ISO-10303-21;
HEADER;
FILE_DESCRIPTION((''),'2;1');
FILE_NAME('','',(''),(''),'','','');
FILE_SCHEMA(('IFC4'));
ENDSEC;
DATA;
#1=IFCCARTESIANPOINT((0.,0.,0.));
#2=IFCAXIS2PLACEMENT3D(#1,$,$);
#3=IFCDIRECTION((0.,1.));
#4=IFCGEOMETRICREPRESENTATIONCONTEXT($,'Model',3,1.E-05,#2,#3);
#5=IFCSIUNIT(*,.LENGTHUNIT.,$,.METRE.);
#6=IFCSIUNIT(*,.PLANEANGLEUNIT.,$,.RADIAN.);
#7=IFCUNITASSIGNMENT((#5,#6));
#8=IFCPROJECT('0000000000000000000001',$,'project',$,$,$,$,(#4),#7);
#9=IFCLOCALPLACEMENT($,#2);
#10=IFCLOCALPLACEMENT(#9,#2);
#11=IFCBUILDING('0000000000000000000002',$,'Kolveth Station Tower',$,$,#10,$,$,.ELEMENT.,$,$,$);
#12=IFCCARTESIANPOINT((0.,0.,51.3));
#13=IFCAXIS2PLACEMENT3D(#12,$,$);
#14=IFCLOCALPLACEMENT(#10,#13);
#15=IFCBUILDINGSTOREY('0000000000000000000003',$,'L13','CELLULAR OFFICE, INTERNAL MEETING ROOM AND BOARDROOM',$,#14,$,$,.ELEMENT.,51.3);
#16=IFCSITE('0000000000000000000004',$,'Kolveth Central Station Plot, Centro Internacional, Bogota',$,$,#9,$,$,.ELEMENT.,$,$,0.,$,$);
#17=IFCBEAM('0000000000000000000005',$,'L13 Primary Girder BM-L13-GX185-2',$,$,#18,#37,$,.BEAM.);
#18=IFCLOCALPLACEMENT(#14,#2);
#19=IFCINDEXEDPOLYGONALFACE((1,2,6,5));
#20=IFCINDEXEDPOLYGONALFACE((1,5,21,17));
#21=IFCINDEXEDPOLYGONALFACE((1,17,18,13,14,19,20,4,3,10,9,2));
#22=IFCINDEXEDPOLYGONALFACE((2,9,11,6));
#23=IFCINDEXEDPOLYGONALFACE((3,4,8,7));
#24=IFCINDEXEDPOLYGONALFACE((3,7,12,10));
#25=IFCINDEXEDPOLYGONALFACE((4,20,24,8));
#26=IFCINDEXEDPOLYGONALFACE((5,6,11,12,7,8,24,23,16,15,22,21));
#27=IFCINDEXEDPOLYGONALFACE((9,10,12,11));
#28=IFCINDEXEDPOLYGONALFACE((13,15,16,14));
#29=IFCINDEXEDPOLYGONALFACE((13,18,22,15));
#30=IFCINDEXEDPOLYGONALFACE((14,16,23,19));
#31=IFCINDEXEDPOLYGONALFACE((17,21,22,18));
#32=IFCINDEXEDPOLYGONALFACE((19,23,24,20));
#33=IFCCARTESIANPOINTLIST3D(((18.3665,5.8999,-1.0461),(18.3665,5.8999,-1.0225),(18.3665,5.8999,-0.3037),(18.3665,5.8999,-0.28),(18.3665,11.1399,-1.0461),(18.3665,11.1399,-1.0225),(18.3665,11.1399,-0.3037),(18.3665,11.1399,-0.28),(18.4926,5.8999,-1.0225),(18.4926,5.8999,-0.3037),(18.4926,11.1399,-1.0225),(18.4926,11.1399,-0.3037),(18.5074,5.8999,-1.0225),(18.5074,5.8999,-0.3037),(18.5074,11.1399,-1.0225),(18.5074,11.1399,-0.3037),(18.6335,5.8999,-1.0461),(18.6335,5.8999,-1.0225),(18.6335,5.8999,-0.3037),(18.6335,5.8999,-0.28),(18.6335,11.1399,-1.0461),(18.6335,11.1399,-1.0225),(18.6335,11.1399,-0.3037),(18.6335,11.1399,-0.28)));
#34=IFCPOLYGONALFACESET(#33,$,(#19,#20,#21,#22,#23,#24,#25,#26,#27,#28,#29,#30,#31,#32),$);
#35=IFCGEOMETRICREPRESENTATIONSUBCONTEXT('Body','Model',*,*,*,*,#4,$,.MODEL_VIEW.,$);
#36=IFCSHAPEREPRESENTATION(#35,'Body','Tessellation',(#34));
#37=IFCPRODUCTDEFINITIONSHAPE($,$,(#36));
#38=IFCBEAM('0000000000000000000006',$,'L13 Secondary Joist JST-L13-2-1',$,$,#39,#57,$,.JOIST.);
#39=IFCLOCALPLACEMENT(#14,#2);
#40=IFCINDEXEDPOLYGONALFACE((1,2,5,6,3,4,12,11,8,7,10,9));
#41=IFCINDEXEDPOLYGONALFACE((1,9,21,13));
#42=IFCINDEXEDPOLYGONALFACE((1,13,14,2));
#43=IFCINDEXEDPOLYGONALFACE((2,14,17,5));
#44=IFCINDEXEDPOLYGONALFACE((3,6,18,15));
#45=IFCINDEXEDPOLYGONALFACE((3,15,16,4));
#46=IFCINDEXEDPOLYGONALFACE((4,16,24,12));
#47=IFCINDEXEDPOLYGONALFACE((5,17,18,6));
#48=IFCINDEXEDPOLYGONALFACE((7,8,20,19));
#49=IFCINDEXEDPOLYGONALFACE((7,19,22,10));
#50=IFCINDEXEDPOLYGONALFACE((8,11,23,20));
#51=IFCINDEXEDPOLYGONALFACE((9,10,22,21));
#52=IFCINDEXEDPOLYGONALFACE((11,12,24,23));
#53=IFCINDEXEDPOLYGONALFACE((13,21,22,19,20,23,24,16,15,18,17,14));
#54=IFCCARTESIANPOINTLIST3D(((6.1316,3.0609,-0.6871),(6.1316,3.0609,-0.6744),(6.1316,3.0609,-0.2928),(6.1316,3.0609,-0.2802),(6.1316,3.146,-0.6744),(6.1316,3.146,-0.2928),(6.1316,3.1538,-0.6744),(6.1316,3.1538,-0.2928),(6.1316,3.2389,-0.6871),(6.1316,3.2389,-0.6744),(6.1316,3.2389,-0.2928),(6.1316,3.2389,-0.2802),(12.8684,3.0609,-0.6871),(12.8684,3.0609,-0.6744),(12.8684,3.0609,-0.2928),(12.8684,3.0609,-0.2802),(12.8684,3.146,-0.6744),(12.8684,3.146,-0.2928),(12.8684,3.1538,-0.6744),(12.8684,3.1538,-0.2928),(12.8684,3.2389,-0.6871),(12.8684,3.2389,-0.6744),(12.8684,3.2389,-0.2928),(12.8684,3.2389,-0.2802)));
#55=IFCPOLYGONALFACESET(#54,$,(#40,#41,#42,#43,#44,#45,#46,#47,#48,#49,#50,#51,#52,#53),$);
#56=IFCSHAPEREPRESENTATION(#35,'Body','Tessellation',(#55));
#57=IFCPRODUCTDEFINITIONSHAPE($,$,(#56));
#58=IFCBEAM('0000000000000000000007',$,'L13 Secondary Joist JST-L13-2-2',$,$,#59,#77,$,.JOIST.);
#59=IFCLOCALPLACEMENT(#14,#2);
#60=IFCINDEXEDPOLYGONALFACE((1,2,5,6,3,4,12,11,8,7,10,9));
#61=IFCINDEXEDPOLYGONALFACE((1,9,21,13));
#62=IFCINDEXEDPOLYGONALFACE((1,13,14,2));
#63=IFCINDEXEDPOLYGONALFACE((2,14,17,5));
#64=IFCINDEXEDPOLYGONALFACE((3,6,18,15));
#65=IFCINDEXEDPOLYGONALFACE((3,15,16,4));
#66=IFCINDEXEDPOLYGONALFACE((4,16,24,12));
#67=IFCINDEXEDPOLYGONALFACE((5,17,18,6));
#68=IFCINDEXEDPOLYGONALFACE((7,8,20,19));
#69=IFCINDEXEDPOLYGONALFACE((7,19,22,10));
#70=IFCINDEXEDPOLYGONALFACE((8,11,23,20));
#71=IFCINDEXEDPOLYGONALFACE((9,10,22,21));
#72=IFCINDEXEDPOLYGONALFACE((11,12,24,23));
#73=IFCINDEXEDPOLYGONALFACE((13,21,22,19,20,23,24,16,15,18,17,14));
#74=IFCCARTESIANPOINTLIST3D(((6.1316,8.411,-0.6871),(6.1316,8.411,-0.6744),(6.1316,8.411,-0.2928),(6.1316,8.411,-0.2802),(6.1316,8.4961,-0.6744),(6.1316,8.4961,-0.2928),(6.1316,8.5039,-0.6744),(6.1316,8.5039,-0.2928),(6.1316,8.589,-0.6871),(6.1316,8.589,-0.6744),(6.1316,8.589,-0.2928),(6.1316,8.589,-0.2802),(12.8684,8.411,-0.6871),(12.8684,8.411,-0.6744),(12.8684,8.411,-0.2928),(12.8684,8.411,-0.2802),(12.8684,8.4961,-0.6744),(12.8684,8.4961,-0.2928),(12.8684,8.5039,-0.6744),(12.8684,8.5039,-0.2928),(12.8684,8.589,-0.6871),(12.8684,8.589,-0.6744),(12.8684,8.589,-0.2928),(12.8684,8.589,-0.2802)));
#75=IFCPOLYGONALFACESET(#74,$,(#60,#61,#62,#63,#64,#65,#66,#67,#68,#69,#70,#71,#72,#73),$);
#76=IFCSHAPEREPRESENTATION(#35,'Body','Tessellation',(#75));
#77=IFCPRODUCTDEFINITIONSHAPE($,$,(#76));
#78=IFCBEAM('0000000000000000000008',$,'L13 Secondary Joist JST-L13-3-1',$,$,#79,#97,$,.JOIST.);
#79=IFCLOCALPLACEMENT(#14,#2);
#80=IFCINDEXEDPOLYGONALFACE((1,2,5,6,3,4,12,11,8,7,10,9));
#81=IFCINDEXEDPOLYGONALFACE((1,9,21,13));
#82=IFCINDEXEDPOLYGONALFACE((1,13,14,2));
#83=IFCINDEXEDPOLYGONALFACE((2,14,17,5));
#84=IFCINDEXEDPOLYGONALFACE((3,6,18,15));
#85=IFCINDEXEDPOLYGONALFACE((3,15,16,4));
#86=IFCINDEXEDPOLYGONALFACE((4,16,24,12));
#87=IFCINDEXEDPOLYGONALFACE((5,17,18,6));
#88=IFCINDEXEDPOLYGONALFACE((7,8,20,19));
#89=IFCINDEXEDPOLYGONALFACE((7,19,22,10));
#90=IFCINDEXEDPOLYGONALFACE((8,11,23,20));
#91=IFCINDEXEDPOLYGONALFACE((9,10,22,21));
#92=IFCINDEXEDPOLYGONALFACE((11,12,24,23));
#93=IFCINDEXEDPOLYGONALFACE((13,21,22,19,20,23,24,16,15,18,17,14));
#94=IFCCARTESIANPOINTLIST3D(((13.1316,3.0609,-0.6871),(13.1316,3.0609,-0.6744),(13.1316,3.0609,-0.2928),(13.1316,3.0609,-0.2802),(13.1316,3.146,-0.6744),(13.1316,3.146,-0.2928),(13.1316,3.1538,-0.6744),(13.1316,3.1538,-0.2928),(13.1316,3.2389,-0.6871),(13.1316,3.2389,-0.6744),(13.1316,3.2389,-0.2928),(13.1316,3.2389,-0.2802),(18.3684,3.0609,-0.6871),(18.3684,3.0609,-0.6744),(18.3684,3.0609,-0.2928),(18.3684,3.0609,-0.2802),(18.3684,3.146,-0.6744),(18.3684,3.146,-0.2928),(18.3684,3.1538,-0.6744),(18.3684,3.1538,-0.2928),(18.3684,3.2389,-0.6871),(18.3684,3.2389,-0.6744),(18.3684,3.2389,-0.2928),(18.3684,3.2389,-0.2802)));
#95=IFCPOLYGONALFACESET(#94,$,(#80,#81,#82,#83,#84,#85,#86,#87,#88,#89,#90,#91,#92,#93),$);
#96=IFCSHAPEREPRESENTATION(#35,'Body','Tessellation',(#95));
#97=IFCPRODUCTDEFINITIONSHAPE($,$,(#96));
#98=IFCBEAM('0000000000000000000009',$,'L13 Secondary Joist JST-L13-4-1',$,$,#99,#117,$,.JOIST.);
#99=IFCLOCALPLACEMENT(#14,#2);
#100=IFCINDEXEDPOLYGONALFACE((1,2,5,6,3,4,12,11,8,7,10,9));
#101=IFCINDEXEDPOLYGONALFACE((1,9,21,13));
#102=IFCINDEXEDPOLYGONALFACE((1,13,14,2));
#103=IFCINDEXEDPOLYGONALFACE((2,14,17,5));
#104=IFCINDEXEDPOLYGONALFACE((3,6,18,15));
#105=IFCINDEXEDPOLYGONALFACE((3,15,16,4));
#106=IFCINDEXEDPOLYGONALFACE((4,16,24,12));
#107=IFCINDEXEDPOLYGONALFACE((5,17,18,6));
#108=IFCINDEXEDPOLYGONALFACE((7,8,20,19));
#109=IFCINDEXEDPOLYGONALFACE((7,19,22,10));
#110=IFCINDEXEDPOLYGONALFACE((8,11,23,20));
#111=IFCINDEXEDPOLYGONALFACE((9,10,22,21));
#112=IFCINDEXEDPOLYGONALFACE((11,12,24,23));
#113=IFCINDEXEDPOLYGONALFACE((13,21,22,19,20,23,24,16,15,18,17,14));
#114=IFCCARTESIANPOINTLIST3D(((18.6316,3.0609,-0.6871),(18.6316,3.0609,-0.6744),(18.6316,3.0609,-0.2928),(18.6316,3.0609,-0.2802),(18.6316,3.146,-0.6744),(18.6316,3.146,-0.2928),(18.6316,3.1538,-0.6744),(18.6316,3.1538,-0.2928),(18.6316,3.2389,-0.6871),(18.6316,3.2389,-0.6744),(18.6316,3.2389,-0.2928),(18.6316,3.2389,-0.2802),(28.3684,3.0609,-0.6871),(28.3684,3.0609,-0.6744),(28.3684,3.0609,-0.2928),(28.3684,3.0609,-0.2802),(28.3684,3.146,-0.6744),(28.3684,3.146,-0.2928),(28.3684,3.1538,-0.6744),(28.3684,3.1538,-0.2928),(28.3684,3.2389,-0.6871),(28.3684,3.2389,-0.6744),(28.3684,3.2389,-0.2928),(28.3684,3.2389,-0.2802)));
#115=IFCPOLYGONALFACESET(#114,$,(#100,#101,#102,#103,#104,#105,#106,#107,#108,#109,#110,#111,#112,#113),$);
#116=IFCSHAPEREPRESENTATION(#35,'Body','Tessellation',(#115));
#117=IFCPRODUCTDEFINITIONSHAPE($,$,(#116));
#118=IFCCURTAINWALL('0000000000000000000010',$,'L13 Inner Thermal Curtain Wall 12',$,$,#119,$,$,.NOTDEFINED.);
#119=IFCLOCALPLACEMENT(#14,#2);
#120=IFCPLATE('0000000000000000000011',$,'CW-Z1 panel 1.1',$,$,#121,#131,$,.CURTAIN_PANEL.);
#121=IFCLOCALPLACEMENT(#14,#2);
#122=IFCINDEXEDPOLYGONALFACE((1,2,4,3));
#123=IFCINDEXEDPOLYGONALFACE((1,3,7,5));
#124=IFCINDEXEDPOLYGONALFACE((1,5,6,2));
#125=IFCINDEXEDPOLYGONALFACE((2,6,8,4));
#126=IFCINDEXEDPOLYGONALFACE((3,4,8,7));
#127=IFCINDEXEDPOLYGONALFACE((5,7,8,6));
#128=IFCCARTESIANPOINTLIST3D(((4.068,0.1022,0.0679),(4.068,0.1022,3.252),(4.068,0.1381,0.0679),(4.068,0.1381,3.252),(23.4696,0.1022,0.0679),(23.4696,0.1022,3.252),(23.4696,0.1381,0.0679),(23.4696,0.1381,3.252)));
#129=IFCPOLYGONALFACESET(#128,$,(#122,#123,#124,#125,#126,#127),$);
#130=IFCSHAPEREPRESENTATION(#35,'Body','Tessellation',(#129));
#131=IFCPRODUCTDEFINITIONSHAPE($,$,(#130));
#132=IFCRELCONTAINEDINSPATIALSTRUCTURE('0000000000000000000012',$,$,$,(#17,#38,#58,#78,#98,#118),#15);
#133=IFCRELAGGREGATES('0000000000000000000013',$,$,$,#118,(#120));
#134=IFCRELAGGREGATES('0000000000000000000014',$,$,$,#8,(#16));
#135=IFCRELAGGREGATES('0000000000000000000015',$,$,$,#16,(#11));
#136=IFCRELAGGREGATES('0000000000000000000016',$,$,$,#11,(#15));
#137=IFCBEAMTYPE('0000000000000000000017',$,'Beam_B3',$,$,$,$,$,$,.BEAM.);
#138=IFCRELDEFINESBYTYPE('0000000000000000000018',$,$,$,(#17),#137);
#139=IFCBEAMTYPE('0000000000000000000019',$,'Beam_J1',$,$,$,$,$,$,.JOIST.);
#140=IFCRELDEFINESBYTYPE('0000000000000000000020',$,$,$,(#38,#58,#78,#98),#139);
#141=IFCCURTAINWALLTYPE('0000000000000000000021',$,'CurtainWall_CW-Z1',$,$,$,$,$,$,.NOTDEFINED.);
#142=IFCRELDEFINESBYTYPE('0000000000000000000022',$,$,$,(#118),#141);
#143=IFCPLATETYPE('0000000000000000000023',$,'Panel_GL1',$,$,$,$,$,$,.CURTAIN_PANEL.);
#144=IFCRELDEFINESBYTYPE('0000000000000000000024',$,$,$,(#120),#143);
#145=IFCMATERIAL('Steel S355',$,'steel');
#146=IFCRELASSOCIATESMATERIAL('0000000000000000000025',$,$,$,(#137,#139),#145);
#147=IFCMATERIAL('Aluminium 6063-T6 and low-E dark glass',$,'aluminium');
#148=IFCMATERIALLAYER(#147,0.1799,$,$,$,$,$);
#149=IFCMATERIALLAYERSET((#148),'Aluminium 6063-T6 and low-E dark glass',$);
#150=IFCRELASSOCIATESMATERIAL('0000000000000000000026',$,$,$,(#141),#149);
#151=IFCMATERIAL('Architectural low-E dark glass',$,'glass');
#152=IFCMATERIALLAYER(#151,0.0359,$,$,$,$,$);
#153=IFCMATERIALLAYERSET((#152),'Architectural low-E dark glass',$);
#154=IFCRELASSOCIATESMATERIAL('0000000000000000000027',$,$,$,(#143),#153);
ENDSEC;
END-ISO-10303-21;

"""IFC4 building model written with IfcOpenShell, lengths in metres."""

from ifc_helpers import new_model, si_unit, direction, frame, origin, origin_2d, place, context, subcontext, project, spatial, rectangle, i_section, extrude, source, transform, mapped, material, layer, layer_set, material_profile, profile_set, type_object, element, aggregate, save


model = new_model("IFC4")

# Units and contexts
model_context = context("Model", 3, precision=1e-05, world=origin(), true_north=direction((0.0, 1.0)))
body_context = subcontext(model_context, "Body", "Model", "MODEL_VIEW")
ifc_project = project(units=[si_unit("LENGTHUNIT", "METRE"), si_unit("PLANEANGLEUNIT", "RADIAN")], contexts=[model_context])

# Site, building, storey
site_placement = place(None, origin())
site = spatial("IfcSite", under=ifc_project, at=site_placement, Name="Kolveth Central Station Plot, Centro Internacional, Bogota", CompositionType="ELEMENT", RefElevation=0.0)
building_placement = place(site_placement, origin())
building = spatial("IfcBuilding", under=site, at=building_placement, Name="Kolveth Station Tower", CompositionType="ELEMENT")
storey_placement = place(building_placement, frame((0.0, 0.0, 51.3)))
storey = spatial("IfcBuildingStorey", under=building, at=storey_placement, Name="L13", Description="CELLULAR OFFICE, INTERNAL MEETING ROOM AND BOARDROOM", CompositionType="ELEMENT", Elevation=51.3)

# Shared definitions
ifc_material_1 = material(Name="Steel S355", Category="steel")

# Beams
ifc_material_profile_1 = material_profile(ifc_material_1, i_section(OverallWidth=0.2671, OverallDepth=0.7661, WebThickness=0.0149, FlangeThickness=0.0237, at=origin_2d()), Name="W760x185")
ifc_profile_set_1 = profile_set([ifc_material_profile_1], Name="Steel S355")
beam_type_1 = type_object("IfcBeamType", Name="Beam_B3", PredefinedType="BEAM", material=ifc_profile_set_1)
shared_shape_1 = source(origin(), body_context, "Body", "SweptSolid", [
    extrude(i_section(OverallWidth=0.2671, OverallDepth=0.7661, WebThickness=0.0149, FlangeThickness=0.0237, at=origin_2d()), origin(), (0.0, 0.0, 1.0), 5.24),
])
beam_1_placement = place(storey_placement, frame((18.5, 5.8999, -0.6631), z_axis=(0.0, 1.0, 0.0), x_axis=(-1.0, 0.0, 0.0)))
element("IfcBeam", 1, at=beam_1_placement, inside=storey, type_object=beam_type_1, Name="L13 Primary Girder BM-L13-GX185-2", PredefinedType="BEAM", context=body_context, shape_type="MappedRepresentation", body=[
    mapped(shared_shape_1, transform((0.0, 0.0, 0.0), x_axis=(1.0, 0.0, 0.0), y_axis=(0.0, 1.0, 0.0), z_axis=(0.0, 0.0, 1.0), scale=1.0)),
])
ifc_material_profile_2 = material_profile(ifc_material_1, i_section(OverallWidth=0.178, OverallDepth=0.407, WebThickness=0.0078, FlangeThickness=0.0127, at=origin_2d()), Name="W410x60")
ifc_profile_set_2 = profile_set([ifc_material_profile_2], Name="Steel S355")
beam_type_2 = type_object("IfcBeamType", Name="Beam_J1", PredefinedType="JOIST", material=ifc_profile_set_2)
shared_shape_2 = source(origin(), body_context, "Body", "SweptSolid", [
    extrude(i_section(OverallWidth=0.178, OverallDepth=0.407, WebThickness=0.0078, FlangeThickness=0.0127, at=origin_2d()), origin(), (0.0, 0.0, 1.0), 6.7368),
])
for number, where, z_axis, x_axis, name in (
    (2, (6.1316, 3.1499, -0.4836), (1.0, 0.0, 0.0), (0.0, 1.0, 0.0), "L13 Secondary Joist JST-L13-2-1"),
    (3, (6.1316, 8.5, -0.4836), (1.0, 0.0, 0.0), (0.0, 1.0, 0.0), "L13 Secondary Joist JST-L13-2-2"),
):
    element("IfcBeam", number, at=place(storey_placement, frame(where, z_axis=z_axis, x_axis=x_axis)), inside=storey, type_object=beam_type_2, Name=name, PredefinedType="JOIST", context=body_context, shape_type="MappedRepresentation", body=[
        mapped(shared_shape_2, transform((0.0, 0.0, 0.0), x_axis=(1.0, 0.0, 0.0), y_axis=(0.0, 1.0, 0.0), z_axis=(0.0, 0.0, 1.0), scale=1.0)),
    ])
shared_shape_3 = source(origin(), body_context, "Body", "SweptSolid", [
    extrude(i_section(OverallWidth=0.178, OverallDepth=0.407, WebThickness=0.0078, FlangeThickness=0.0127, at=origin_2d()), origin(), (0.0, 0.0, 1.0), 5.2368),
])
beam_2_placement = place(storey_placement, frame((13.1316, 3.1499, -0.4836), z_axis=(1.0, 0.0, 0.0), x_axis=(0.0, 1.0, 0.0)))
element("IfcBeam", 4, at=beam_2_placement, inside=storey, type_object=beam_type_2, Name="L13 Secondary Joist JST-L13-3-1", PredefinedType="JOIST", context=body_context, shape_type="MappedRepresentation", body=[
    mapped(shared_shape_3, transform((0.0, 0.0, 0.0), x_axis=(1.0, 0.0, 0.0), y_axis=(0.0, 1.0, 0.0), z_axis=(0.0, 0.0, 1.0), scale=1.0)),
])
shared_shape_4 = source(origin(), body_context, "Body", "SweptSolid", [
    extrude(i_section(OverallWidth=0.178, OverallDepth=0.407, WebThickness=0.0078, FlangeThickness=0.0127, at=origin_2d()), origin(), (0.0, 0.0, 1.0), 9.7368),
])
beam_3_placement = place(storey_placement, frame((18.6316, 3.1499, -0.4836), z_axis=(1.0, 0.0, 0.0), x_axis=(0.0, 1.0, 0.0)))
element("IfcBeam", 5, at=beam_3_placement, inside=storey, type_object=beam_type_2, Name="L13 Secondary Joist JST-L13-4-1", PredefinedType="JOIST", context=body_context, shape_type="MappedRepresentation", body=[
    mapped(shared_shape_4, transform((0.0, 0.0, 0.0), x_axis=(1.0, 0.0, 0.0), y_axis=(0.0, 1.0, 0.0), z_axis=(0.0, 0.0, 1.0), scale=1.0)),
])

# Curtain wall, plate
ifc_material_2 = material(Name="Aluminium 6063-T6 and low-E dark glass", Category="aluminium")
ifc_layer_1 = layer(ifc_material_2, 0.1799)
ifc_layer_set_1 = layer_set([ifc_layer_1], Name="Aluminium 6063-T6 and low-E dark glass")
curtain_wall_type = type_object("IfcCurtainWallType", Name="CurtainWall_CW-Z1", PredefinedType="NOTDEFINED", material=ifc_layer_set_1)
curtain_wall_placement = place(storey_placement, origin())
curtain_wall = element("IfcCurtainWall", 6, at=curtain_wall_placement, inside=storey, type_object=curtain_wall_type, Name="L13 Inner Thermal Curtain Wall 12", PredefinedType="NOTDEFINED")
ifc_material_3 = material(Name="Architectural low-E dark glass", Category="glass")
ifc_layer_2 = layer(ifc_material_3, 0.0359)
ifc_layer_set_2 = layer_set([ifc_layer_2], Name="Architectural low-E dark glass")
plate_type = type_object("IfcPlateType", Name="Panel_GL1", PredefinedType="CURTAIN_PANEL", material=ifc_layer_set_2)
shared_shape_5 = source(origin(), body_context, "Body", "SweptSolid", [
    extrude(rectangle(XDim=19.4016, YDim=0.0359, at=origin_2d()), origin(), (0.0, 0.0, 1.0), 3.1841),
])
plate_placement = place(storey_placement, frame((13.7688, 0.1201, 0.0679), z_axis=(0.0, 0.0, 1.0), x_axis=(1.0, 0.0, 0.0)))
plate = element("IfcPlate", 7, at=plate_placement, type_object=plate_type, Name="CW-Z1 panel 1.1", PredefinedType="CURTAIN_PANEL", context=body_context, shape_type="MappedRepresentation", body=[
    mapped(shared_shape_5, transform((0.0, 0.0, 0.0), x_axis=(1.0, 0.0, 0.0), y_axis=(0.0, 1.0, 0.0), z_axis=(0.0, 0.0, 1.0), scale=1.0)),
])
aggregate(curtain_wall, [plate])

save(model, "model.ifc")
